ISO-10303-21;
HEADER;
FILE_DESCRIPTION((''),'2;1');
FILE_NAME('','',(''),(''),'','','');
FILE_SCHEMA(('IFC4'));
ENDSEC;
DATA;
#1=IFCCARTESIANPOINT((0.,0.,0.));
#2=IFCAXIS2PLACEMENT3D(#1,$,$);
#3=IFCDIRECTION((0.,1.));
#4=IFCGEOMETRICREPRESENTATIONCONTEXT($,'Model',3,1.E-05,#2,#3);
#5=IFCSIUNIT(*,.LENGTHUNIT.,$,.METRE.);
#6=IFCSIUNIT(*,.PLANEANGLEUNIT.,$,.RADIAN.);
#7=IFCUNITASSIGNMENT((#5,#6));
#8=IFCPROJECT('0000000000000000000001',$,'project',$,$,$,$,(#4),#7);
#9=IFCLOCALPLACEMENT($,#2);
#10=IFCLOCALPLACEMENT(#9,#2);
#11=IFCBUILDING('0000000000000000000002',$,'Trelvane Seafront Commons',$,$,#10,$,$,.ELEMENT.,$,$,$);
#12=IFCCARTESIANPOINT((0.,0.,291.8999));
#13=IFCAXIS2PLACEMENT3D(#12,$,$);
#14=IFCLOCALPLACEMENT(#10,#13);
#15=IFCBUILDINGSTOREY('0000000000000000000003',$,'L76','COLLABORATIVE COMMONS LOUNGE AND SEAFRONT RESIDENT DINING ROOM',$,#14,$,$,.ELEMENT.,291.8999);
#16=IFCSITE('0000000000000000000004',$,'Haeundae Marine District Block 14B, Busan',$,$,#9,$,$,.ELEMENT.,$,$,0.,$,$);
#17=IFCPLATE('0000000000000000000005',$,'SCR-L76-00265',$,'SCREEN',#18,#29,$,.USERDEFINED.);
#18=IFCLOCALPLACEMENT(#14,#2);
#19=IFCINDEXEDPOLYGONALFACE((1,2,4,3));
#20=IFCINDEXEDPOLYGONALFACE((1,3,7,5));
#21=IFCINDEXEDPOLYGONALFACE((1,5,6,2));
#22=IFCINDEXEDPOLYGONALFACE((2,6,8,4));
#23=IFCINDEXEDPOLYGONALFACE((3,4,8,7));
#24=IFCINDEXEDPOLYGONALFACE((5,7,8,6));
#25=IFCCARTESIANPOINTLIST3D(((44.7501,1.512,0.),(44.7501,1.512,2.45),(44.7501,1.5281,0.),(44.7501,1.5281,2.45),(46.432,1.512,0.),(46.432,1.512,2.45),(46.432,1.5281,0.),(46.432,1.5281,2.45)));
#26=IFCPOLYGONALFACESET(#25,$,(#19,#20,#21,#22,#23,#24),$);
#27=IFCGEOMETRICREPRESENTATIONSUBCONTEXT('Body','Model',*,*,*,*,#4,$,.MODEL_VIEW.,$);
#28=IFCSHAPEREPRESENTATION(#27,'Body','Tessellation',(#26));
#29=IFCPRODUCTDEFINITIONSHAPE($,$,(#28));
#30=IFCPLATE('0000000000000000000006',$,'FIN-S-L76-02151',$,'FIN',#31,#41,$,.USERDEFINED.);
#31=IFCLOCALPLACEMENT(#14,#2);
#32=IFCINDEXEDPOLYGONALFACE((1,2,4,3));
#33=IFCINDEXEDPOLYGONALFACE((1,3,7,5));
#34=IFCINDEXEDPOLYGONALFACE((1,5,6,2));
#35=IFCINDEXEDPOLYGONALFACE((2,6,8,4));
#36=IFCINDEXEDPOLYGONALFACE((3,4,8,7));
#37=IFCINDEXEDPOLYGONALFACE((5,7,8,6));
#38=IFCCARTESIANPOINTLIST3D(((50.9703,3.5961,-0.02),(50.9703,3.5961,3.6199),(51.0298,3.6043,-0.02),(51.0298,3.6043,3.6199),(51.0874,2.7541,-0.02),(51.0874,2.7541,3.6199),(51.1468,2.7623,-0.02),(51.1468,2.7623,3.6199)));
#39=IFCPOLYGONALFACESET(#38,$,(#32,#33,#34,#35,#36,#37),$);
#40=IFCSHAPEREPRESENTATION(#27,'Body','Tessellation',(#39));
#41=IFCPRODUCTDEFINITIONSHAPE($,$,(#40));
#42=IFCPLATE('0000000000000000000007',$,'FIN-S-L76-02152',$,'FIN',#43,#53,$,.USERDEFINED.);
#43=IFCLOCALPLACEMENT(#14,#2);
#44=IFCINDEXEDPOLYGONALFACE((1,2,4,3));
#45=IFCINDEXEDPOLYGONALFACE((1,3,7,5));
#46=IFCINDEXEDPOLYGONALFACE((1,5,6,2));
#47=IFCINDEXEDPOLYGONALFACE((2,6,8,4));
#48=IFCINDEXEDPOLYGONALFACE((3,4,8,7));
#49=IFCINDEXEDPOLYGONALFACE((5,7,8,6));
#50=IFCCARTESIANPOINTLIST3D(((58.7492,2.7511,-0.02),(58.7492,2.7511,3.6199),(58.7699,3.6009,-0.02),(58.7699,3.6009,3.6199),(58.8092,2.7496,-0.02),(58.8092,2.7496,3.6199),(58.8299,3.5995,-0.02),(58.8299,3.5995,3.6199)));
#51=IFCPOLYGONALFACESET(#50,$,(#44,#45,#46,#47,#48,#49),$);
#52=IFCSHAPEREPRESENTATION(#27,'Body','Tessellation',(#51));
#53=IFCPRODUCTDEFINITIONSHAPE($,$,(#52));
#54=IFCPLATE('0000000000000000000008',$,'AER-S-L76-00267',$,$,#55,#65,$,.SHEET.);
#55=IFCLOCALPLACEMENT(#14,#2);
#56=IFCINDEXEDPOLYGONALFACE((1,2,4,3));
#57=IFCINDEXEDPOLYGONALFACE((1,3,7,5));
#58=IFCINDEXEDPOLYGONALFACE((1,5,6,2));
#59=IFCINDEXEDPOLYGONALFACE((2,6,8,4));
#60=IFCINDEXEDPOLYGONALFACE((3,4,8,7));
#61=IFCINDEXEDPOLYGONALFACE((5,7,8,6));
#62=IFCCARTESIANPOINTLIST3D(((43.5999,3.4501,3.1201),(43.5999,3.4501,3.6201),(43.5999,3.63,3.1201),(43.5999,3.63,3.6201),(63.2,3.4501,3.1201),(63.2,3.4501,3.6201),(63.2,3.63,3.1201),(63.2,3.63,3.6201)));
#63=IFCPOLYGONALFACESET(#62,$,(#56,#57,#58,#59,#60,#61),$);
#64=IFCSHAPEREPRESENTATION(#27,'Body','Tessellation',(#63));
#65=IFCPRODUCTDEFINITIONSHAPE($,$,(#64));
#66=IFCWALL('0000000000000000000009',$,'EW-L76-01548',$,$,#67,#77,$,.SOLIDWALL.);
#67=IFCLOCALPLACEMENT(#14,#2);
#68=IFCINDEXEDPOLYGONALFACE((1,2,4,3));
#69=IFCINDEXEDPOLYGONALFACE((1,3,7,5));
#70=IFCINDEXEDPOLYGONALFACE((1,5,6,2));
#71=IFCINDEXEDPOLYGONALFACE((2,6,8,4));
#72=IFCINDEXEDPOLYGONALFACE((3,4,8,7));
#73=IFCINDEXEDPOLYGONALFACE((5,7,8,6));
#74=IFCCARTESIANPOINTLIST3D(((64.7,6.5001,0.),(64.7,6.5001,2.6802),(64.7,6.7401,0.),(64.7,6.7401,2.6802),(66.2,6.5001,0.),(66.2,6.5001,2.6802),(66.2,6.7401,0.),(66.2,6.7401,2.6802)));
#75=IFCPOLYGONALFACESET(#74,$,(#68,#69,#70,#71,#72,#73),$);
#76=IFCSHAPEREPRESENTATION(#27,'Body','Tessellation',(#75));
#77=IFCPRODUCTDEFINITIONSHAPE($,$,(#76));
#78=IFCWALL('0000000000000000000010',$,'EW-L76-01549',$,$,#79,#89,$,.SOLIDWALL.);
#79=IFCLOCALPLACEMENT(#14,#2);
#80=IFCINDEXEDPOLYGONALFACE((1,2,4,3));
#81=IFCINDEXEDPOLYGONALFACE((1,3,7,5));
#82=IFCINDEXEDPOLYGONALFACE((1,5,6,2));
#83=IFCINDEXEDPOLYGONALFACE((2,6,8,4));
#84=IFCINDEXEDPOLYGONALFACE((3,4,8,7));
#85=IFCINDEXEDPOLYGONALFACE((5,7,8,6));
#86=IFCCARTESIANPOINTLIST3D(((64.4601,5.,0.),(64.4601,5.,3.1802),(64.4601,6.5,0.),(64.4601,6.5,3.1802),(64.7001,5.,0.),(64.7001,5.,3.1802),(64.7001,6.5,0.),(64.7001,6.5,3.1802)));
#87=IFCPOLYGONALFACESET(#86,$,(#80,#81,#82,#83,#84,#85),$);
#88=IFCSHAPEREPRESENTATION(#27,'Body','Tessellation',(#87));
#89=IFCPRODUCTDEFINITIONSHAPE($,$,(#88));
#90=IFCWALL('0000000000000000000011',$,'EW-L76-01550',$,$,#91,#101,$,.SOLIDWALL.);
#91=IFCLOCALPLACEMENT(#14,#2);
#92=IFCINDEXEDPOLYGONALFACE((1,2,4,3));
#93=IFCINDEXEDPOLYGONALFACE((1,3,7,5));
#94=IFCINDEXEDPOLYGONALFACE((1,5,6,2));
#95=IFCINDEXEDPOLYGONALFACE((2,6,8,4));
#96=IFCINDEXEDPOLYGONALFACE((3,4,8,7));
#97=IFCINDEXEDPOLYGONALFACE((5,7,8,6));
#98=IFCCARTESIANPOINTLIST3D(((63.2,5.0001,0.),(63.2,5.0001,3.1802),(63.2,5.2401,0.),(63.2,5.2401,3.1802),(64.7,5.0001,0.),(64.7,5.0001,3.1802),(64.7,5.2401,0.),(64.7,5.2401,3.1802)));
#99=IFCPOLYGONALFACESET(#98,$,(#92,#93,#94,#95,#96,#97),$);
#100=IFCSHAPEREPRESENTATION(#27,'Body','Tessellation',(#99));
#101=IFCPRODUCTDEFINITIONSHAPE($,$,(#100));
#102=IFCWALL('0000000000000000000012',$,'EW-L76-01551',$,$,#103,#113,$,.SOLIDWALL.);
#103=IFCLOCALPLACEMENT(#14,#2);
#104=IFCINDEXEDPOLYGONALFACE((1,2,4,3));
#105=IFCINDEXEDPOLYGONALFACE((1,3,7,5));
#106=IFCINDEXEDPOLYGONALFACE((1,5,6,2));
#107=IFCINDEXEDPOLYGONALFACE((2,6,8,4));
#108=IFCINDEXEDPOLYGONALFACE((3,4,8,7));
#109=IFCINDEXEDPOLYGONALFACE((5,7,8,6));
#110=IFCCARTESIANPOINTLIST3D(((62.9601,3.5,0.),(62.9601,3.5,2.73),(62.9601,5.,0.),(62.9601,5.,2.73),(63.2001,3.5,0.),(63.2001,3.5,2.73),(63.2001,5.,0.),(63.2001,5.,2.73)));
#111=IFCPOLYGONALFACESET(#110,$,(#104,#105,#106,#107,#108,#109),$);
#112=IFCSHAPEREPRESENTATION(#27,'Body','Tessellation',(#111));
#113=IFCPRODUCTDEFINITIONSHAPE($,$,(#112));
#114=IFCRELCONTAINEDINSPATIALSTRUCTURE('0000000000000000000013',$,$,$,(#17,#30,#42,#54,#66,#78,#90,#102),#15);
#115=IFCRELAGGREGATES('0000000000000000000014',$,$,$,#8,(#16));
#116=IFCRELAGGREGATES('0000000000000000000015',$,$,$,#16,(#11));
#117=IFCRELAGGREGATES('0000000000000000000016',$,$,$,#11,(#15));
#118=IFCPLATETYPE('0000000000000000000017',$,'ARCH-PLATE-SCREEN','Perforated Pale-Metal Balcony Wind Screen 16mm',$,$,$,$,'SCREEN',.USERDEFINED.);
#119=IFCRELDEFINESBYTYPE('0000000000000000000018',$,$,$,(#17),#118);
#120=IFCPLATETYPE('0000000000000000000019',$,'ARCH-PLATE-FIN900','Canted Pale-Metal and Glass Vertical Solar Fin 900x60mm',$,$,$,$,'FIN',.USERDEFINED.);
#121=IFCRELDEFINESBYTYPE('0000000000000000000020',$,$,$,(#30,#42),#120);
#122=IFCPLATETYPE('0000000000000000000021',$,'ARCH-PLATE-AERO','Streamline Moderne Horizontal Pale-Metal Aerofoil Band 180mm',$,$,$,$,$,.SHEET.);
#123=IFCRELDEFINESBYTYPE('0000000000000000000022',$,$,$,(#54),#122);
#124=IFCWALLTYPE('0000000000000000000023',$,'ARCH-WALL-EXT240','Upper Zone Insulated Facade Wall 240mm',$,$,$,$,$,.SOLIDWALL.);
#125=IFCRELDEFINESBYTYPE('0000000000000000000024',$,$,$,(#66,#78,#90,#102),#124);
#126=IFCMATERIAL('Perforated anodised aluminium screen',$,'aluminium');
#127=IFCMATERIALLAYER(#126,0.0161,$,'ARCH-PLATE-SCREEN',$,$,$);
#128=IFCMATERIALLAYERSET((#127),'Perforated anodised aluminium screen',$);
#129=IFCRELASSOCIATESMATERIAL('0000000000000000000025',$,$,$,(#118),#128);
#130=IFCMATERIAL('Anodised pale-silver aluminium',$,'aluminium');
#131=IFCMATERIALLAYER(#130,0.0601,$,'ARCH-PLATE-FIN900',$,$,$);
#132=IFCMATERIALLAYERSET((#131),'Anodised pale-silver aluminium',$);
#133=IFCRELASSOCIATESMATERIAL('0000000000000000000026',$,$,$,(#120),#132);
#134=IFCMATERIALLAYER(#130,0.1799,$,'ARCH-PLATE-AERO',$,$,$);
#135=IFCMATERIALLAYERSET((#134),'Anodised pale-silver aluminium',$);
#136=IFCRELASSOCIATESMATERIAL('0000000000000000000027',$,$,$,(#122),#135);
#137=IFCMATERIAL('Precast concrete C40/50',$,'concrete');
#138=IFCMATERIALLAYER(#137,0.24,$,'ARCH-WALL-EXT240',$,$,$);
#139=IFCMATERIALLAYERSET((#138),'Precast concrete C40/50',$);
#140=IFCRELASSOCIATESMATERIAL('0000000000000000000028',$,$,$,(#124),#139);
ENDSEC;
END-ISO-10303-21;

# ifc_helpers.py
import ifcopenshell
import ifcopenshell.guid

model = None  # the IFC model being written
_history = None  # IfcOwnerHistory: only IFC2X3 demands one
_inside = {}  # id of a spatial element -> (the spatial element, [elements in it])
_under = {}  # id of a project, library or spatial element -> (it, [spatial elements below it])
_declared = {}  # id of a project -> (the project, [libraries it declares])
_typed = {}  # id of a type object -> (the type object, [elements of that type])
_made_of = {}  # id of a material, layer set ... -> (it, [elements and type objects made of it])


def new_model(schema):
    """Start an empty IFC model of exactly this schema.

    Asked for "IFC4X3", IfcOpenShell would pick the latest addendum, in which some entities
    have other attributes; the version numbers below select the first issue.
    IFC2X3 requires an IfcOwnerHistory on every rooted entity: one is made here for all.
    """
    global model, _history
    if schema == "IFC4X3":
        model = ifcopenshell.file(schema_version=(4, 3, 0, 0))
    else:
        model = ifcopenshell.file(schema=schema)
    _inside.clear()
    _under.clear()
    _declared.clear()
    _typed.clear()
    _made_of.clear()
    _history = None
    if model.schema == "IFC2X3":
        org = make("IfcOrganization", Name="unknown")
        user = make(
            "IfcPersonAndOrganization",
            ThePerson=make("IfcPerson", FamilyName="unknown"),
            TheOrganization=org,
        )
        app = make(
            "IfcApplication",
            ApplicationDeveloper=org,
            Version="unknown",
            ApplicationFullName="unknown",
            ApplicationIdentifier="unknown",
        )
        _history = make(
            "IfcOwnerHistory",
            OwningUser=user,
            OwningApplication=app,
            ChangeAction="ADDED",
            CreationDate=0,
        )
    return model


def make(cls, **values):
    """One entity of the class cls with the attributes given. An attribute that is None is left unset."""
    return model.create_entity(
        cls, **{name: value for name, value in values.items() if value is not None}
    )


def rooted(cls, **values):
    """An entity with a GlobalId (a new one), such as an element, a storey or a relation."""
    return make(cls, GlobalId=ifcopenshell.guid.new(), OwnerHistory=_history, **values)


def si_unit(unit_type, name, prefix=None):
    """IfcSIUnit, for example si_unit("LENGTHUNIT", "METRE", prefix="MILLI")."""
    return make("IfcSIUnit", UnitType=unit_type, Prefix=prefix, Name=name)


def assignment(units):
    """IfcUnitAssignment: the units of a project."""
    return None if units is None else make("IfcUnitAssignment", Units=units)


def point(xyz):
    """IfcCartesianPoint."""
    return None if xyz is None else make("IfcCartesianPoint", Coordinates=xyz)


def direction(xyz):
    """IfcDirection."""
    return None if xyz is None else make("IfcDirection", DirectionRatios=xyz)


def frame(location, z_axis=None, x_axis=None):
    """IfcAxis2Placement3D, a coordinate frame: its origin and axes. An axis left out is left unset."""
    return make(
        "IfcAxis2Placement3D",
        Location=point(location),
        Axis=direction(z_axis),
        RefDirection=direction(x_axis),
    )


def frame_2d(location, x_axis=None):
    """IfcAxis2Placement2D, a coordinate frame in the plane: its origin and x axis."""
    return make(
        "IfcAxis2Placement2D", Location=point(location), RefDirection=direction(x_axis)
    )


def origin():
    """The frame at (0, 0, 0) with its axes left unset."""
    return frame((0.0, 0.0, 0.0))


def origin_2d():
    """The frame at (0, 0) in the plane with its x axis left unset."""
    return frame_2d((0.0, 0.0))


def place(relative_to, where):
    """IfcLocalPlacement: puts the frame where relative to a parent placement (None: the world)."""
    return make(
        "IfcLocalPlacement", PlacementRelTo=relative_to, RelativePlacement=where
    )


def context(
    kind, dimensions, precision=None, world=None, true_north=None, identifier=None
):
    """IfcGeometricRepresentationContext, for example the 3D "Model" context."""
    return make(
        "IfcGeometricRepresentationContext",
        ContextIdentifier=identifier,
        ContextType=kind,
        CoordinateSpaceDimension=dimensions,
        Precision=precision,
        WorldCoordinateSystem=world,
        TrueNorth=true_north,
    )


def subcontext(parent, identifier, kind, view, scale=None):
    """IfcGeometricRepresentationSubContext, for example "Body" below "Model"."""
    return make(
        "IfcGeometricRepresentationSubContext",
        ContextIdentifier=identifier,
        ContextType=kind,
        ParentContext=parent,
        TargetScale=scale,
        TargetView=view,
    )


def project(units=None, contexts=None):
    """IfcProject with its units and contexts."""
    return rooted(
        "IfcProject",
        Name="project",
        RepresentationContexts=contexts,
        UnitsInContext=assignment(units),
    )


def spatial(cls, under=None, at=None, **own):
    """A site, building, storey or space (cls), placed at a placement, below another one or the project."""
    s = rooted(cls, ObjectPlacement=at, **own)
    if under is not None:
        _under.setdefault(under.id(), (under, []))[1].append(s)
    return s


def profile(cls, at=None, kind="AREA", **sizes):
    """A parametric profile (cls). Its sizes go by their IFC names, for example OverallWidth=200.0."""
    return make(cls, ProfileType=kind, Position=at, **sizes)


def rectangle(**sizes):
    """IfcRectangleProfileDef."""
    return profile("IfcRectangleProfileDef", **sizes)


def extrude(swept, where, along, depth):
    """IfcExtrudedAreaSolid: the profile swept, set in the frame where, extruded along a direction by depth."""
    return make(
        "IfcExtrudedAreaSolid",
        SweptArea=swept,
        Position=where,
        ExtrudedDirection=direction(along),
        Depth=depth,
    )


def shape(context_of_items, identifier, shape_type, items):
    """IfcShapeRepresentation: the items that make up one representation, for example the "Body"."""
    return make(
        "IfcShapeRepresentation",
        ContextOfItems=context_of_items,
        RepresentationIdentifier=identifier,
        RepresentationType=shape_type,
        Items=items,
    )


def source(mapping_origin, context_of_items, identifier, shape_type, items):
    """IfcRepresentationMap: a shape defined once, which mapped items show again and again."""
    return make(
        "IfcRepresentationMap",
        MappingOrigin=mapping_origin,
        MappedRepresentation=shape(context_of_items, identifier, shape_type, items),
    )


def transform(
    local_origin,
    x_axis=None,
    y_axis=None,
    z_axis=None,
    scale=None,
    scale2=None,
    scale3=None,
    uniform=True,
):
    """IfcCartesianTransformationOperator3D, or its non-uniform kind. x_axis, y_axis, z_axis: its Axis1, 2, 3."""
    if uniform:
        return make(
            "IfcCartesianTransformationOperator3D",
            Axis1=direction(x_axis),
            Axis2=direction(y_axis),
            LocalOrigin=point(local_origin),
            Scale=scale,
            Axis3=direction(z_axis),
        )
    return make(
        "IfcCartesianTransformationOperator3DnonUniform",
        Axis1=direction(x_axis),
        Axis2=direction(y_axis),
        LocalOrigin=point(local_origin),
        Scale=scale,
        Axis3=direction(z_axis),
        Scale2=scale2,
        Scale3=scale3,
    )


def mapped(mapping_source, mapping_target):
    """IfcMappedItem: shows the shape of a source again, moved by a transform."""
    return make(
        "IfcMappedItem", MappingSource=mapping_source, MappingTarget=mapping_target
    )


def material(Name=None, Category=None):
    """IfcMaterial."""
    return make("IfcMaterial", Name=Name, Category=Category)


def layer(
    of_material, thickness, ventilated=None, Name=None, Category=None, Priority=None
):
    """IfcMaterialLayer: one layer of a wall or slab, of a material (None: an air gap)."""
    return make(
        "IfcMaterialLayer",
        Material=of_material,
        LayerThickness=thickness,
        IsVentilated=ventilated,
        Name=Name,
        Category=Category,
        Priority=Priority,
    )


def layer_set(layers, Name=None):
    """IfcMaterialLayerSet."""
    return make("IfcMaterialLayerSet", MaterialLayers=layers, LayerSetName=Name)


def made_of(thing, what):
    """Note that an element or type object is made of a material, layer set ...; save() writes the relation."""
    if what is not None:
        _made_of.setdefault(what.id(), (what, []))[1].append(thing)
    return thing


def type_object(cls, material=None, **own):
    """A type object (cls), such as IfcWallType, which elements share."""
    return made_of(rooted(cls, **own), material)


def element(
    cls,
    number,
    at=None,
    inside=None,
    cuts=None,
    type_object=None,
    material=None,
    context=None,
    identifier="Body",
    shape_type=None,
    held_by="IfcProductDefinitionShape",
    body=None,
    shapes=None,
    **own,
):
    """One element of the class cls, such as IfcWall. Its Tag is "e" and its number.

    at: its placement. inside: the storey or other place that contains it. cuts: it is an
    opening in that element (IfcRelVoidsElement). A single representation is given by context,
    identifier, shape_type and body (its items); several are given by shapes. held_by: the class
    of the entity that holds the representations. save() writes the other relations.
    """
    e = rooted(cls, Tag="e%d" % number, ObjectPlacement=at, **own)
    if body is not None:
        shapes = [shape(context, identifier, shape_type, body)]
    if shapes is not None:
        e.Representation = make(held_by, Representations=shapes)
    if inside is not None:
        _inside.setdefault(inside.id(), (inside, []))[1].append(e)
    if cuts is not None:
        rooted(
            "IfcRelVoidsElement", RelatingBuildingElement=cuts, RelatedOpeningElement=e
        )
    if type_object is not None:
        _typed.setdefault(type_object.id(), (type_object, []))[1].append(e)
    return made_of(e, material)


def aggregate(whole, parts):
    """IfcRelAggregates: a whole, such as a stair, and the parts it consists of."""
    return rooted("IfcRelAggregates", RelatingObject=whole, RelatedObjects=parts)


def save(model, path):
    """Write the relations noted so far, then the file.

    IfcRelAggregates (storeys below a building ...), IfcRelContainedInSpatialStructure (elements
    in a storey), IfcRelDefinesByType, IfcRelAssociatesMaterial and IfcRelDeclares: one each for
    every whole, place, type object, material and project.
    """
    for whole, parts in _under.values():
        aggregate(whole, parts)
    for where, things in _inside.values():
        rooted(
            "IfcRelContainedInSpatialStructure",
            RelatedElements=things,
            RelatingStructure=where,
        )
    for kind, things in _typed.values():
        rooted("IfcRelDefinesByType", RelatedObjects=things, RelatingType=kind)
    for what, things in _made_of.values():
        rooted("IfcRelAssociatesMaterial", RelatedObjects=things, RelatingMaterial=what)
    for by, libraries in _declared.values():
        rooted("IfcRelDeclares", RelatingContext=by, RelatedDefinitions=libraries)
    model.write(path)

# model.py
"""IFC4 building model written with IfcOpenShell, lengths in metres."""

from ifc_helpers import new_model, si_unit, direction, frame, frame_2d, origin, origin_2d, place, context, subcontext, project, spatial, rectangle, extrude, source, transform, mapped, material, layer, layer_set, type_object, element, save


model = new_model("IFC4")

# Units and contexts
model_context = context("Model", 3, precision=1e-05, world=origin(), true_north=direction((0.0, 1.0)))
body_context = subcontext(model_context, "Body", "Model", "MODEL_VIEW")
ifc_project = project(units=[si_unit("LENGTHUNIT", "METRE"), si_unit("PLANEANGLEUNIT", "RADIAN")], contexts=[model_context])

# Site, building, storey
site_placement = place(None, origin())
site = spatial("IfcSite", under=ifc_project, at=site_placement, Name="Haeundae Marine District Block 14B, Busan", CompositionType="ELEMENT", RefElevation=0.0)
building_placement = place(site_placement, origin())
building = spatial("IfcBuilding", under=site, at=building_placement, Name="Trelvane Seafront Commons", CompositionType="ELEMENT")
storey_placement = place(building_placement, frame((0.0, 0.0, 291.8999)))
storey = spatial("IfcBuildingStorey", under=building, at=storey_placement, Name="L76", Description="COLLABORATIVE COMMONS LOUNGE AND SEAFRONT RESIDENT DINING ROOM", CompositionType="ELEMENT", Elevation=291.8999)

# Plates
ifc_material_1 = material(Name="Perforated anodised aluminium screen", Category="aluminium")
ifc_layer_1 = layer(ifc_material_1, 0.0161, Name="ARCH-PLATE-SCREEN")
ifc_layer_set_1 = layer_set([ifc_layer_1], Name="Perforated anodised aluminium screen")
plate_type_1 = type_object("IfcPlateType", Name="ARCH-PLATE-SCREEN", Description="Perforated Pale-Metal Balcony Wind Screen 16mm", ElementType="SCREEN", PredefinedType="USERDEFINED", material=ifc_layer_set_1)
shared_shape_1 = source(origin(), body_context, "Body", "SweptSolid", [
    extrude(rectangle(XDim=1.6819, YDim=0.0161, at=origin_2d()), origin(), (0.0, 0.0, 1.0), 2.45),
])
plate_1_placement = place(storey_placement, frame((45.5911, 1.52, 0.0), z_axis=(0.0, 0.0, 1.0), x_axis=(1.0, 0.0, 0.0)))
element("IfcPlate", 1, at=plate_1_placement, inside=storey, type_object=plate_type_1, Name="SCR-L76-00265", ObjectType="SCREEN", PredefinedType="USERDEFINED", context=body_context, shape_type="MappedRepresentation", body=[
    mapped(shared_shape_1, transform((0.0, 0.0, 0.0), x_axis=(1.0, 0.0, 0.0), y_axis=(0.0, 1.0, 0.0), z_axis=(0.0, 0.0, 1.0), scale=1.0)),
])
ifc_material_2 = material(Name="Anodised pale-silver aluminium", Category="aluminium")
ifc_layer_2 = layer(ifc_material_2, 0.0601, Name="ARCH-PLATE-FIN900")
ifc_layer_set_2 = layer_set([ifc_layer_2], Name="Anodised pale-silver aluminium")
plate_type_2 = type_object("IfcPlateType", Name="ARCH-PLATE-FIN900", Description="Canted Pale-Metal and Glass Vertical Solar Fin 900x60mm", ElementType="FIN", PredefinedType="USERDEFINED", material=ifc_layer_set_2)
shared_shape_2 = source(origin(), body_context, "Body", "SweptSolid", [
    extrude(rectangle(XDim=0.8501, YDim=0.0601, at=origin_2d()), origin(), (0.0, 0.0, 1.0), 3.6399),
])
for number, where, z_axis, x_axis, name in (
    (2, (51.0586, 3.1792, -0.02), (0.0, 0.0, 1.0), (0.137649, -0.990481, 0.0), "FIN-S-L76-02151"),
    (3, (58.7896, 3.1753, -0.02), (0.0, 0.0, 1.0), (-0.024354, -0.999703, 0.0), "FIN-S-L76-02152"),
):
    element("IfcPlate", number, at=place(storey_placement, frame(where, z_axis=z_axis, x_axis=x_axis)), inside=storey, type_object=plate_type_2, Name=name, ObjectType="FIN", PredefinedType="USERDEFINED", context=body_context, shape_type="MappedRepresentation", body=[
        mapped(shared_shape_2, transform((0.0, 0.0, 0.0), x_axis=(1.0, 0.0, 0.0), y_axis=(0.0, 1.0, 0.0), z_axis=(0.0, 0.0, 1.0), scale=1.0)),
    ])
ifc_layer_3 = layer(ifc_material_2, 0.1799, Name="ARCH-PLATE-AERO")
ifc_layer_set_3 = layer_set([ifc_layer_3], Name="Anodised pale-silver aluminium")
plate_type_3 = type_object("IfcPlateType", Name="ARCH-PLATE-AERO", Description="Streamline Moderne Horizontal Pale-Metal Aerofoil Band 180mm", PredefinedType="SHEET", material=ifc_layer_set_3)
shared_shape_3 = source(origin(), body_context, "Body", "SweptSolid", [
    extrude(rectangle(XDim=19.6001, YDim=0.1799, at=origin_2d()), origin(), (0.0, 0.0, 1.0), 0.5),
])
plate_2_placement = place(storey_placement, frame((53.3999, 3.54, 3.1201), z_axis=(0.0, 0.0, 1.0), x_axis=(-1.0, 0.0, 0.0)))
element("IfcPlate", 4, at=plate_2_placement, inside=storey, type_object=plate_type_3, Name="AER-S-L76-00267", PredefinedType="SHEET", context=body_context, shape_type="MappedRepresentation", body=[
    mapped(shared_shape_3, transform((0.0, 0.0, 0.0), x_axis=(1.0, 0.0, 0.0), y_axis=(0.0, 1.0, 0.0), z_axis=(0.0, 0.0, 1.0), scale=1.0)),
])

# Walls
ifc_material_3 = material(Name="Precast concrete C40/50", Category="concrete")
ifc_layer_4 = layer(ifc_material_3, 0.24, Name="ARCH-WALL-EXT240")
ifc_layer_set_4 = layer_set([ifc_layer_4], Name="Precast concrete C40/50")
wall_type_1 = type_object("IfcWallType", Name="ARCH-WALL-EXT240", Description="Upper Zone Insulated Facade Wall 240mm", PredefinedType="SOLIDWALL", material=ifc_layer_set_4)
wall_1_placement = place(storey_placement, frame((66.2, 6.6201, 0.0), z_axis=(0.0, 0.0, 1.0), x_axis=(-1.0, 0.0, 0.0)))
element("IfcWall", 5, at=wall_1_placement, inside=storey, type_object=wall_type_1, Name="EW-L76-01548", PredefinedType="SOLIDWALL", context=body_context, shape_type="SweptSolid", body=[
    extrude(rectangle(XDim=1.5, YDim=0.24, at=frame_2d((0.75, 0.0))), origin(), (0.0, 0.0, 1.0), 2.6802),
])
for number, where, z_axis, x_axis, name in (
    (6, (64.5801, 6.5, 0.0), (0.0, 0.0, 1.0), (0.0, -1.0, 0.0), "EW-L76-01549"),
    (7, (64.7, 5.1201, 0.0), (0.0, 0.0, 1.0), (-1.0, 0.0, 0.0), "EW-L76-01550"),
):
    element("IfcWall", number, at=place(storey_placement, frame(where, z_axis=z_axis, x_axis=x_axis)), inside=storey, type_object=wall_type_1, Name=name, PredefinedType="SOLIDWALL", context=body_context, shape_type="SweptSolid", body=[
        extrude(rectangle(XDim=1.5, YDim=0.24, at=frame_2d((0.75, 0.0))), origin(), (0.0, 0.0, 1.0), 3.1802),
    ])
wall_2_placement = place(storey_placement, frame((63.0801, 5.0, 0.0), z_axis=(0.0, 0.0, 1.0), x_axis=(0.0, -1.0, 0.0)))
element("IfcWall", 8, at=wall_2_placement, inside=storey, type_object=wall_type_1, Name="EW-L76-01551", PredefinedType="SOLIDWALL", context=body_context, shape_type="SweptSolid", body=[
    extrude(rectangle(XDim=1.5, YDim=0.24, at=frame_2d((0.75, 0.0))), origin(), (0.0, 0.0, 1.0), 2.73),
])

save(model, "model.ifc")
